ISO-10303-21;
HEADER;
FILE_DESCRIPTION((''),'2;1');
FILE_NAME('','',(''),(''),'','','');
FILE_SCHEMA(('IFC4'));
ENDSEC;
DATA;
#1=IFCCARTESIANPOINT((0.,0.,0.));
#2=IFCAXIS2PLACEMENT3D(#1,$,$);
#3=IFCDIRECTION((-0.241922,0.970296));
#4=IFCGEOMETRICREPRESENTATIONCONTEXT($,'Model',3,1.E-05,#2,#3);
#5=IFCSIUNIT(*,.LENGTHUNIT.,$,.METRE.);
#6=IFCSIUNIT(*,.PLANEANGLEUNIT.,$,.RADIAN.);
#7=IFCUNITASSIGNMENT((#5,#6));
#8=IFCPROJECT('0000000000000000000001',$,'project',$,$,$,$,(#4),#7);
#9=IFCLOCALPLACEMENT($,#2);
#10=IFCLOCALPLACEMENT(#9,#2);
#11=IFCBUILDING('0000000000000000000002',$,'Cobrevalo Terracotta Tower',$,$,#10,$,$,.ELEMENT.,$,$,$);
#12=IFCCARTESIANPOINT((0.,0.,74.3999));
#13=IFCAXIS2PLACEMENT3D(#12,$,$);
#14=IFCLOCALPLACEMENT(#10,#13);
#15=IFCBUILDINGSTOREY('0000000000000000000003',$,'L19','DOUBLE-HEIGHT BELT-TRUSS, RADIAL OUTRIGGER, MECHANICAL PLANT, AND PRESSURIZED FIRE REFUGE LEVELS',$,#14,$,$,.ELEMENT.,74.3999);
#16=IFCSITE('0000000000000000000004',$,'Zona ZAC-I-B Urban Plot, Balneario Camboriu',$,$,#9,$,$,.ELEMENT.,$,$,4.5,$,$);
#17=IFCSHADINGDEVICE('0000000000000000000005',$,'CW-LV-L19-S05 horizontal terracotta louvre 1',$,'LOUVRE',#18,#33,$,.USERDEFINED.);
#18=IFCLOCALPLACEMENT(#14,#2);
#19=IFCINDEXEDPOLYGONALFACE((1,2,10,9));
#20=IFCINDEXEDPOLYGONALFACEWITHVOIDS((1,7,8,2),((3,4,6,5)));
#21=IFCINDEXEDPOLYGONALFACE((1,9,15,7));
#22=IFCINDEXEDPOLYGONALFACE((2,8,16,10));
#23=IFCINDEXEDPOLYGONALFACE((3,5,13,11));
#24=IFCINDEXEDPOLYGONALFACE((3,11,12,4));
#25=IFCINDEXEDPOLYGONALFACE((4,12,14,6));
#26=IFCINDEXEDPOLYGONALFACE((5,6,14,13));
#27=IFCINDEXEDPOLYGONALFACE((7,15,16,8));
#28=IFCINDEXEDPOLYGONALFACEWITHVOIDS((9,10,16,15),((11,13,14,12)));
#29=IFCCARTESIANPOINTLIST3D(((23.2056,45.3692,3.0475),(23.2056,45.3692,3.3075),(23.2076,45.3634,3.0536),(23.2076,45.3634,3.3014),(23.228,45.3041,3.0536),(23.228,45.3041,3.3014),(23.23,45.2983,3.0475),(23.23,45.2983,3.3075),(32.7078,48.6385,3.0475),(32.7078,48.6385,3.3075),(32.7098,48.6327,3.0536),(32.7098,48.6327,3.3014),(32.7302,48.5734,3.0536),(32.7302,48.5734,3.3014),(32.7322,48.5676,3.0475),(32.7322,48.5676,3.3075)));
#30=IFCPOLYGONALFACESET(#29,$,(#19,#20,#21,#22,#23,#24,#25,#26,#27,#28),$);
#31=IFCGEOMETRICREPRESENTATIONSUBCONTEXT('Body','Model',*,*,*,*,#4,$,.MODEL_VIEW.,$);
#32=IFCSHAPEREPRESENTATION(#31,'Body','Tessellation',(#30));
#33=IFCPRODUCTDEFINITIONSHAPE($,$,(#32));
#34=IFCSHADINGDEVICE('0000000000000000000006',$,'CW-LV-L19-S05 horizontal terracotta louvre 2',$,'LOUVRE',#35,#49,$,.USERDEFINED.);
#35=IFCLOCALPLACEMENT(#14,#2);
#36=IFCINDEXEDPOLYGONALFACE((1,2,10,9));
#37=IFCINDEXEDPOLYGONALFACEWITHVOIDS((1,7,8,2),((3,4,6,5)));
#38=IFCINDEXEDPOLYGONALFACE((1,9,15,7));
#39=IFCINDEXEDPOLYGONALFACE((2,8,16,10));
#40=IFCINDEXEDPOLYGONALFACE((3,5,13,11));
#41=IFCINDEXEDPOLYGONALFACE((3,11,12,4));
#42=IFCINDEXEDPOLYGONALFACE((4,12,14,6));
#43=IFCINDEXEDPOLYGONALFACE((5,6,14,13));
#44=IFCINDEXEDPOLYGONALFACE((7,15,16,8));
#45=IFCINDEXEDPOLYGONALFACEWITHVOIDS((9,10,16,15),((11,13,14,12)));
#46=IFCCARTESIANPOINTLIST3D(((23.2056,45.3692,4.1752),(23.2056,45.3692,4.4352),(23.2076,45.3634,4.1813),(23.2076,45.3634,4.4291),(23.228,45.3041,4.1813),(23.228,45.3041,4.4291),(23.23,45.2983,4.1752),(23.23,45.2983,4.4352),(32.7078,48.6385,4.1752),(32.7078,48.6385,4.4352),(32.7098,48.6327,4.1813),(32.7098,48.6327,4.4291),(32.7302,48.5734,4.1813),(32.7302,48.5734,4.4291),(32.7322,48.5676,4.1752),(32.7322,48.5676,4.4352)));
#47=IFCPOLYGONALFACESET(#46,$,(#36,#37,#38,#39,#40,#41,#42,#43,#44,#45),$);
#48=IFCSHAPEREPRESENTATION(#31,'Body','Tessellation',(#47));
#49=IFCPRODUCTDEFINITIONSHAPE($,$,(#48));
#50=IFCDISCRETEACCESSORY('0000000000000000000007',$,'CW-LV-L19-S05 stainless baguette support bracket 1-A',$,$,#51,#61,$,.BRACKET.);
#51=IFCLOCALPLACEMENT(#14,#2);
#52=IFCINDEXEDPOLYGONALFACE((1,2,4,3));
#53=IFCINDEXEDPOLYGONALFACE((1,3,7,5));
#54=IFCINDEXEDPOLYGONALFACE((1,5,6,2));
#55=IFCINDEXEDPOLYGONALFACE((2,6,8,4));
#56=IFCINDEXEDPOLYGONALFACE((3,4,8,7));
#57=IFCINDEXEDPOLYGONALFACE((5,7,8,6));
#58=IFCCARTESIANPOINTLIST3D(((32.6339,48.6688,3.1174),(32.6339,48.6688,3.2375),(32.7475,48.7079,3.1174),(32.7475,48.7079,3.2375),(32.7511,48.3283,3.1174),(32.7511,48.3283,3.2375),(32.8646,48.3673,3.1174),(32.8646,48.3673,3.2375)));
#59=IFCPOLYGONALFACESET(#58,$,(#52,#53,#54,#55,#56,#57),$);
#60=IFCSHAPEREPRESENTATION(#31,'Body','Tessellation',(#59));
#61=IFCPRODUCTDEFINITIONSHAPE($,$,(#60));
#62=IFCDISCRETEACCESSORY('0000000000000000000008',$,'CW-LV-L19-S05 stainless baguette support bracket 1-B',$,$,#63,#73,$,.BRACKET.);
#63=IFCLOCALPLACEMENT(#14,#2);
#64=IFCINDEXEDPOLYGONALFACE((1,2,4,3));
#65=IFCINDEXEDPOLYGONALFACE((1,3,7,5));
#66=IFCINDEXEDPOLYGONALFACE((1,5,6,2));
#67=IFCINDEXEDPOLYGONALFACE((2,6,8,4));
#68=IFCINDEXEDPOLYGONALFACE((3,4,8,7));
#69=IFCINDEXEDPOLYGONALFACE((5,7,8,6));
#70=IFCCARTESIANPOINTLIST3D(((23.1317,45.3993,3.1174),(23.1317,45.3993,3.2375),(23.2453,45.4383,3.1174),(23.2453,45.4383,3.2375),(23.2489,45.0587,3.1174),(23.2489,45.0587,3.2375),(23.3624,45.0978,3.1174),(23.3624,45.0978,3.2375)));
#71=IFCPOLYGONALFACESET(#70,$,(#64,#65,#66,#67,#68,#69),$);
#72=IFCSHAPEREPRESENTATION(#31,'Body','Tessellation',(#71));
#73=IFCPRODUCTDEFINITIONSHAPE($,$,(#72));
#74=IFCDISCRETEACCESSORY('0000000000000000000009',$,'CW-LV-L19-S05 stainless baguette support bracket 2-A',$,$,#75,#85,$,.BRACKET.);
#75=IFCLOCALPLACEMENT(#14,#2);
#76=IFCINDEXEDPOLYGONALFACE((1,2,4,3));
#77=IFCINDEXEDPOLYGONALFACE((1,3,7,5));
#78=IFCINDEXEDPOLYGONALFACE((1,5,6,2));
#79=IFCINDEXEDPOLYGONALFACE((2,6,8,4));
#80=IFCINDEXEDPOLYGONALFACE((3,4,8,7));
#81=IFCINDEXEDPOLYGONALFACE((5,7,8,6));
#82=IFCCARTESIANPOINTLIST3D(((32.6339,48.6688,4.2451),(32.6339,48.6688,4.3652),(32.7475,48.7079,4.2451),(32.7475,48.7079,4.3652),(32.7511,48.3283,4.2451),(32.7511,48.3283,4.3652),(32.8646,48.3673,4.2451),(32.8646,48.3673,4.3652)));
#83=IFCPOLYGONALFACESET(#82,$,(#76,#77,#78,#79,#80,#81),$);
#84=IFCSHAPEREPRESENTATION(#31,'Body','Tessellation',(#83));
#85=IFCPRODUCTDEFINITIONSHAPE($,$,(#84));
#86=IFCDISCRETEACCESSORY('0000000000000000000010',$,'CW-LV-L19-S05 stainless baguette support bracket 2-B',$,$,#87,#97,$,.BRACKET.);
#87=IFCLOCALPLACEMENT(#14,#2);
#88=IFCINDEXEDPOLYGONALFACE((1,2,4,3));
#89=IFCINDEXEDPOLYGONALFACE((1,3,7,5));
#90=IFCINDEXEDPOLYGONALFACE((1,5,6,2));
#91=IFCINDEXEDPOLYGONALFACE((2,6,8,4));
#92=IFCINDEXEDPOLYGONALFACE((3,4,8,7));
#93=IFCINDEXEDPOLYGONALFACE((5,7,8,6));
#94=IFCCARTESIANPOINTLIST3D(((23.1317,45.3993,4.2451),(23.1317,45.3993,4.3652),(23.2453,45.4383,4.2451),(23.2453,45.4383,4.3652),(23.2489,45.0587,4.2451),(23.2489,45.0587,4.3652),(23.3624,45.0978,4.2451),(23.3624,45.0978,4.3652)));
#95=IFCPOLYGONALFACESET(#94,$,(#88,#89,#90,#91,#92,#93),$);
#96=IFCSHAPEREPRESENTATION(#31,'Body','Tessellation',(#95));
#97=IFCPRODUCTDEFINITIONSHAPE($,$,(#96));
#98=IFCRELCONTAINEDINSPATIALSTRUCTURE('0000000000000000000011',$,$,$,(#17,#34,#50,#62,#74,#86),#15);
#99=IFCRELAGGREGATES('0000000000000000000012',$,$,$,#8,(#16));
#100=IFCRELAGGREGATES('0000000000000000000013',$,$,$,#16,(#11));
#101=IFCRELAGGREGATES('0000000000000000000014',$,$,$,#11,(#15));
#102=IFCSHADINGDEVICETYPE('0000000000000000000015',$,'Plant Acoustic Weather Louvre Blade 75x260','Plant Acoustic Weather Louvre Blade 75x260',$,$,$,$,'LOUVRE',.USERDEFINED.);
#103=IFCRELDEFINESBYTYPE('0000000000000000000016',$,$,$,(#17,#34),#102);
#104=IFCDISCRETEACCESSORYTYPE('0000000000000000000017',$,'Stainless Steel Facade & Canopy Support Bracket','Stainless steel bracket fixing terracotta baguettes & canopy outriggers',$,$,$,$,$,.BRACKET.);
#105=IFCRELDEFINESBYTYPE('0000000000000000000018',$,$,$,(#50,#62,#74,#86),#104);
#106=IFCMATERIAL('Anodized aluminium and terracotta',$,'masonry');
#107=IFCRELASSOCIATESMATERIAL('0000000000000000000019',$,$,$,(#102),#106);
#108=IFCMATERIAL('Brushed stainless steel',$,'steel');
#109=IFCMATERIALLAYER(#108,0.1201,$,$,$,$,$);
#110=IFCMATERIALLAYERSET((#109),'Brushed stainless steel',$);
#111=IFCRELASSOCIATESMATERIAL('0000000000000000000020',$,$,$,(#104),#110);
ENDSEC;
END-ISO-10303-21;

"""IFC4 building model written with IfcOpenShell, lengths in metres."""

from ifc_helpers import new_model, si_unit, direction, frame, origin, origin_2d, place, context, subcontext, project, spatial, rectangle, hollow_rectangle, extrude, source, transform, mapped, material, layer, layer_set, material_profile, profile_set, type_object, element, save


model = new_model("IFC4")

# Units and contexts
model_context = context("Model", 3, precision=1e-05, world=origin(), true_north=direction((-0.241922, 0.970296)))
body_context = subcontext(model_context, "Body", "Model", "MODEL_VIEW")
ifc_project = project(units=[si_unit("LENGTHUNIT", "METRE"), si_unit("PLANEANGLEUNIT", "RADIAN")], contexts=[model_context])

# Site, building, storey
site_placement = place(None, origin())
site = spatial("IfcSite", under=ifc_project, at=site_placement, Name="Zona ZAC-I-B Urban Plot, Balneario Camboriu", CompositionType="ELEMENT", RefElevation=4.5)
building_placement = place(site_placement, origin())
building = spatial("IfcBuilding", under=site, at=building_placement, Name="Cobrevalo Terracotta Tower", CompositionType="ELEMENT")
storey_placement = place(building_placement, frame((0.0, 0.0, 74.3999)))
storey = spatial("IfcBuildingStorey", under=building, at=storey_placement, Name="L19", Description="DOUBLE-HEIGHT BELT-TRUSS, RADIAL OUTRIGGER, MECHANICAL PLANT, AND PRESSURIZED FIRE REFUGE LEVELS", CompositionType="ELEMENT", Elevation=74.3999)

# Shading devices
ifc_material_1 = material(Name="Anodized aluminium and terracotta", Category="masonry")
ifc_material_profile_1 = material_profile(ifc_material_1, hollow_rectangle(XDim=0.075, YDim=0.26, WallThickness=0.0061, at=origin_2d()), Name="LOUVRE BLADE 75x260")
ifc_profile_set_1 = profile_set([ifc_material_profile_1], Name="Anodized aluminium and terracotta")
shading_device_type = type_object("IfcShadingDeviceType", Name="Plant Acoustic Weather Louvre Blade 75x260", Description="Plant Acoustic Weather Louvre Blade 75x260", ElementType="LOUVRE", PredefinedType="USERDEFINED", material=ifc_profile_set_1)
shared_shape_1 = source(origin(), body_context, "Body", "SweptSolid", [
    extrude(hollow_rectangle(XDim=0.075, YDim=0.26, WallThickness=0.0061, at=origin_2d()), origin(), (0.0, 0.0, 1.0), 10.0488),
])
for number, where, z_axis, x_axis, name in (
    (1, (32.72, 48.603, 3.1775), (-0.945598, -0.325338, 0.0), (0.325338, -0.945598, 0.0), "CW-LV-L19-S05 horizontal terracotta louvre 1"),
    (2, (32.72, 48.603, 4.3052), (-0.945598, -0.325338, 0.0), (0.325338, -0.945598, 0.0), "CW-LV-L19-S05 horizontal terracotta louvre 2"),
):
    element("IfcShadingDevice", number, at=place(storey_placement, frame(where, z_axis=z_axis, x_axis=x_axis)), inside=storey, type_object=shading_device_type, Name=name, ObjectType="LOUVRE", PredefinedType="USERDEFINED", context=body_context, shape_type="MappedRepresentation", body=[
        mapped(shared_shape_1, transform((0.0, 0.0, 0.0), scale=1.0)),
    ])

# Discrete accessories
ifc_material_2 = material(Name="Brushed stainless steel", Category="steel")
ifc_layer_1 = layer(ifc_material_2, 0.1201)
ifc_layer_set_1 = layer_set([ifc_layer_1], Name="Brushed stainless steel")
discrete_accessory_type = type_object("IfcDiscreteAccessoryType", Name="Stainless Steel Facade & Canopy Support Bracket", Description="Stainless steel bracket fixing terracotta baguettes & canopy outriggers", PredefinedType="BRACKET", material=ifc_layer_set_1)
shared_shape_2 = source(origin(), body_context, "Body", "SweptSolid", [
    extrude(rectangle(XDim=0.1201, YDim=0.3601, at=origin_2d()), origin(), (0.0, 0.0, 1.0), 0.1201),
])
for number, where, z_axis, x_axis, name in (
    (3, (32.7493, 48.5181, 3.1174), (0.0, 0.0, 1.0), (-0.945596, -0.325342, 0.0), "CW-LV-L19-S05 stainless baguette support bracket 1-A"),
    (4, (23.2471, 45.2485, 3.1174), (0.0, 0.0, 1.0), (-0.945596, -0.325342, 0.0), "CW-LV-L19-S05 stainless baguette support bracket 1-B"),
    (5, (32.7493, 48.5181, 4.2451), (0.0, 0.0, 1.0), (-0.945596, -0.325342, 0.0), "CW-LV-L19-S05 stainless baguette support bracket 2-A"),
    (6, (23.2471, 45.2485, 4.2451), (0.0, 0.0, 1.0), (-0.945596, -0.325342, 0.0), "CW-LV-L19-S05 stainless baguette support bracket 2-B"),
):
    element("IfcDiscreteAccessory", number, at=place(storey_placement, frame(where, z_axis=z_axis, x_axis=x_axis)), inside=storey, type_object=discrete_accessory_type, Name=name, PredefinedType="BRACKET", context=body_context, shape_type="MappedRepresentation", body=[
        mapped(shared_shape_2, transform((0.0, 0.0, 0.0), scale=1.0)),
    ])

save(model, "model.ifc")
